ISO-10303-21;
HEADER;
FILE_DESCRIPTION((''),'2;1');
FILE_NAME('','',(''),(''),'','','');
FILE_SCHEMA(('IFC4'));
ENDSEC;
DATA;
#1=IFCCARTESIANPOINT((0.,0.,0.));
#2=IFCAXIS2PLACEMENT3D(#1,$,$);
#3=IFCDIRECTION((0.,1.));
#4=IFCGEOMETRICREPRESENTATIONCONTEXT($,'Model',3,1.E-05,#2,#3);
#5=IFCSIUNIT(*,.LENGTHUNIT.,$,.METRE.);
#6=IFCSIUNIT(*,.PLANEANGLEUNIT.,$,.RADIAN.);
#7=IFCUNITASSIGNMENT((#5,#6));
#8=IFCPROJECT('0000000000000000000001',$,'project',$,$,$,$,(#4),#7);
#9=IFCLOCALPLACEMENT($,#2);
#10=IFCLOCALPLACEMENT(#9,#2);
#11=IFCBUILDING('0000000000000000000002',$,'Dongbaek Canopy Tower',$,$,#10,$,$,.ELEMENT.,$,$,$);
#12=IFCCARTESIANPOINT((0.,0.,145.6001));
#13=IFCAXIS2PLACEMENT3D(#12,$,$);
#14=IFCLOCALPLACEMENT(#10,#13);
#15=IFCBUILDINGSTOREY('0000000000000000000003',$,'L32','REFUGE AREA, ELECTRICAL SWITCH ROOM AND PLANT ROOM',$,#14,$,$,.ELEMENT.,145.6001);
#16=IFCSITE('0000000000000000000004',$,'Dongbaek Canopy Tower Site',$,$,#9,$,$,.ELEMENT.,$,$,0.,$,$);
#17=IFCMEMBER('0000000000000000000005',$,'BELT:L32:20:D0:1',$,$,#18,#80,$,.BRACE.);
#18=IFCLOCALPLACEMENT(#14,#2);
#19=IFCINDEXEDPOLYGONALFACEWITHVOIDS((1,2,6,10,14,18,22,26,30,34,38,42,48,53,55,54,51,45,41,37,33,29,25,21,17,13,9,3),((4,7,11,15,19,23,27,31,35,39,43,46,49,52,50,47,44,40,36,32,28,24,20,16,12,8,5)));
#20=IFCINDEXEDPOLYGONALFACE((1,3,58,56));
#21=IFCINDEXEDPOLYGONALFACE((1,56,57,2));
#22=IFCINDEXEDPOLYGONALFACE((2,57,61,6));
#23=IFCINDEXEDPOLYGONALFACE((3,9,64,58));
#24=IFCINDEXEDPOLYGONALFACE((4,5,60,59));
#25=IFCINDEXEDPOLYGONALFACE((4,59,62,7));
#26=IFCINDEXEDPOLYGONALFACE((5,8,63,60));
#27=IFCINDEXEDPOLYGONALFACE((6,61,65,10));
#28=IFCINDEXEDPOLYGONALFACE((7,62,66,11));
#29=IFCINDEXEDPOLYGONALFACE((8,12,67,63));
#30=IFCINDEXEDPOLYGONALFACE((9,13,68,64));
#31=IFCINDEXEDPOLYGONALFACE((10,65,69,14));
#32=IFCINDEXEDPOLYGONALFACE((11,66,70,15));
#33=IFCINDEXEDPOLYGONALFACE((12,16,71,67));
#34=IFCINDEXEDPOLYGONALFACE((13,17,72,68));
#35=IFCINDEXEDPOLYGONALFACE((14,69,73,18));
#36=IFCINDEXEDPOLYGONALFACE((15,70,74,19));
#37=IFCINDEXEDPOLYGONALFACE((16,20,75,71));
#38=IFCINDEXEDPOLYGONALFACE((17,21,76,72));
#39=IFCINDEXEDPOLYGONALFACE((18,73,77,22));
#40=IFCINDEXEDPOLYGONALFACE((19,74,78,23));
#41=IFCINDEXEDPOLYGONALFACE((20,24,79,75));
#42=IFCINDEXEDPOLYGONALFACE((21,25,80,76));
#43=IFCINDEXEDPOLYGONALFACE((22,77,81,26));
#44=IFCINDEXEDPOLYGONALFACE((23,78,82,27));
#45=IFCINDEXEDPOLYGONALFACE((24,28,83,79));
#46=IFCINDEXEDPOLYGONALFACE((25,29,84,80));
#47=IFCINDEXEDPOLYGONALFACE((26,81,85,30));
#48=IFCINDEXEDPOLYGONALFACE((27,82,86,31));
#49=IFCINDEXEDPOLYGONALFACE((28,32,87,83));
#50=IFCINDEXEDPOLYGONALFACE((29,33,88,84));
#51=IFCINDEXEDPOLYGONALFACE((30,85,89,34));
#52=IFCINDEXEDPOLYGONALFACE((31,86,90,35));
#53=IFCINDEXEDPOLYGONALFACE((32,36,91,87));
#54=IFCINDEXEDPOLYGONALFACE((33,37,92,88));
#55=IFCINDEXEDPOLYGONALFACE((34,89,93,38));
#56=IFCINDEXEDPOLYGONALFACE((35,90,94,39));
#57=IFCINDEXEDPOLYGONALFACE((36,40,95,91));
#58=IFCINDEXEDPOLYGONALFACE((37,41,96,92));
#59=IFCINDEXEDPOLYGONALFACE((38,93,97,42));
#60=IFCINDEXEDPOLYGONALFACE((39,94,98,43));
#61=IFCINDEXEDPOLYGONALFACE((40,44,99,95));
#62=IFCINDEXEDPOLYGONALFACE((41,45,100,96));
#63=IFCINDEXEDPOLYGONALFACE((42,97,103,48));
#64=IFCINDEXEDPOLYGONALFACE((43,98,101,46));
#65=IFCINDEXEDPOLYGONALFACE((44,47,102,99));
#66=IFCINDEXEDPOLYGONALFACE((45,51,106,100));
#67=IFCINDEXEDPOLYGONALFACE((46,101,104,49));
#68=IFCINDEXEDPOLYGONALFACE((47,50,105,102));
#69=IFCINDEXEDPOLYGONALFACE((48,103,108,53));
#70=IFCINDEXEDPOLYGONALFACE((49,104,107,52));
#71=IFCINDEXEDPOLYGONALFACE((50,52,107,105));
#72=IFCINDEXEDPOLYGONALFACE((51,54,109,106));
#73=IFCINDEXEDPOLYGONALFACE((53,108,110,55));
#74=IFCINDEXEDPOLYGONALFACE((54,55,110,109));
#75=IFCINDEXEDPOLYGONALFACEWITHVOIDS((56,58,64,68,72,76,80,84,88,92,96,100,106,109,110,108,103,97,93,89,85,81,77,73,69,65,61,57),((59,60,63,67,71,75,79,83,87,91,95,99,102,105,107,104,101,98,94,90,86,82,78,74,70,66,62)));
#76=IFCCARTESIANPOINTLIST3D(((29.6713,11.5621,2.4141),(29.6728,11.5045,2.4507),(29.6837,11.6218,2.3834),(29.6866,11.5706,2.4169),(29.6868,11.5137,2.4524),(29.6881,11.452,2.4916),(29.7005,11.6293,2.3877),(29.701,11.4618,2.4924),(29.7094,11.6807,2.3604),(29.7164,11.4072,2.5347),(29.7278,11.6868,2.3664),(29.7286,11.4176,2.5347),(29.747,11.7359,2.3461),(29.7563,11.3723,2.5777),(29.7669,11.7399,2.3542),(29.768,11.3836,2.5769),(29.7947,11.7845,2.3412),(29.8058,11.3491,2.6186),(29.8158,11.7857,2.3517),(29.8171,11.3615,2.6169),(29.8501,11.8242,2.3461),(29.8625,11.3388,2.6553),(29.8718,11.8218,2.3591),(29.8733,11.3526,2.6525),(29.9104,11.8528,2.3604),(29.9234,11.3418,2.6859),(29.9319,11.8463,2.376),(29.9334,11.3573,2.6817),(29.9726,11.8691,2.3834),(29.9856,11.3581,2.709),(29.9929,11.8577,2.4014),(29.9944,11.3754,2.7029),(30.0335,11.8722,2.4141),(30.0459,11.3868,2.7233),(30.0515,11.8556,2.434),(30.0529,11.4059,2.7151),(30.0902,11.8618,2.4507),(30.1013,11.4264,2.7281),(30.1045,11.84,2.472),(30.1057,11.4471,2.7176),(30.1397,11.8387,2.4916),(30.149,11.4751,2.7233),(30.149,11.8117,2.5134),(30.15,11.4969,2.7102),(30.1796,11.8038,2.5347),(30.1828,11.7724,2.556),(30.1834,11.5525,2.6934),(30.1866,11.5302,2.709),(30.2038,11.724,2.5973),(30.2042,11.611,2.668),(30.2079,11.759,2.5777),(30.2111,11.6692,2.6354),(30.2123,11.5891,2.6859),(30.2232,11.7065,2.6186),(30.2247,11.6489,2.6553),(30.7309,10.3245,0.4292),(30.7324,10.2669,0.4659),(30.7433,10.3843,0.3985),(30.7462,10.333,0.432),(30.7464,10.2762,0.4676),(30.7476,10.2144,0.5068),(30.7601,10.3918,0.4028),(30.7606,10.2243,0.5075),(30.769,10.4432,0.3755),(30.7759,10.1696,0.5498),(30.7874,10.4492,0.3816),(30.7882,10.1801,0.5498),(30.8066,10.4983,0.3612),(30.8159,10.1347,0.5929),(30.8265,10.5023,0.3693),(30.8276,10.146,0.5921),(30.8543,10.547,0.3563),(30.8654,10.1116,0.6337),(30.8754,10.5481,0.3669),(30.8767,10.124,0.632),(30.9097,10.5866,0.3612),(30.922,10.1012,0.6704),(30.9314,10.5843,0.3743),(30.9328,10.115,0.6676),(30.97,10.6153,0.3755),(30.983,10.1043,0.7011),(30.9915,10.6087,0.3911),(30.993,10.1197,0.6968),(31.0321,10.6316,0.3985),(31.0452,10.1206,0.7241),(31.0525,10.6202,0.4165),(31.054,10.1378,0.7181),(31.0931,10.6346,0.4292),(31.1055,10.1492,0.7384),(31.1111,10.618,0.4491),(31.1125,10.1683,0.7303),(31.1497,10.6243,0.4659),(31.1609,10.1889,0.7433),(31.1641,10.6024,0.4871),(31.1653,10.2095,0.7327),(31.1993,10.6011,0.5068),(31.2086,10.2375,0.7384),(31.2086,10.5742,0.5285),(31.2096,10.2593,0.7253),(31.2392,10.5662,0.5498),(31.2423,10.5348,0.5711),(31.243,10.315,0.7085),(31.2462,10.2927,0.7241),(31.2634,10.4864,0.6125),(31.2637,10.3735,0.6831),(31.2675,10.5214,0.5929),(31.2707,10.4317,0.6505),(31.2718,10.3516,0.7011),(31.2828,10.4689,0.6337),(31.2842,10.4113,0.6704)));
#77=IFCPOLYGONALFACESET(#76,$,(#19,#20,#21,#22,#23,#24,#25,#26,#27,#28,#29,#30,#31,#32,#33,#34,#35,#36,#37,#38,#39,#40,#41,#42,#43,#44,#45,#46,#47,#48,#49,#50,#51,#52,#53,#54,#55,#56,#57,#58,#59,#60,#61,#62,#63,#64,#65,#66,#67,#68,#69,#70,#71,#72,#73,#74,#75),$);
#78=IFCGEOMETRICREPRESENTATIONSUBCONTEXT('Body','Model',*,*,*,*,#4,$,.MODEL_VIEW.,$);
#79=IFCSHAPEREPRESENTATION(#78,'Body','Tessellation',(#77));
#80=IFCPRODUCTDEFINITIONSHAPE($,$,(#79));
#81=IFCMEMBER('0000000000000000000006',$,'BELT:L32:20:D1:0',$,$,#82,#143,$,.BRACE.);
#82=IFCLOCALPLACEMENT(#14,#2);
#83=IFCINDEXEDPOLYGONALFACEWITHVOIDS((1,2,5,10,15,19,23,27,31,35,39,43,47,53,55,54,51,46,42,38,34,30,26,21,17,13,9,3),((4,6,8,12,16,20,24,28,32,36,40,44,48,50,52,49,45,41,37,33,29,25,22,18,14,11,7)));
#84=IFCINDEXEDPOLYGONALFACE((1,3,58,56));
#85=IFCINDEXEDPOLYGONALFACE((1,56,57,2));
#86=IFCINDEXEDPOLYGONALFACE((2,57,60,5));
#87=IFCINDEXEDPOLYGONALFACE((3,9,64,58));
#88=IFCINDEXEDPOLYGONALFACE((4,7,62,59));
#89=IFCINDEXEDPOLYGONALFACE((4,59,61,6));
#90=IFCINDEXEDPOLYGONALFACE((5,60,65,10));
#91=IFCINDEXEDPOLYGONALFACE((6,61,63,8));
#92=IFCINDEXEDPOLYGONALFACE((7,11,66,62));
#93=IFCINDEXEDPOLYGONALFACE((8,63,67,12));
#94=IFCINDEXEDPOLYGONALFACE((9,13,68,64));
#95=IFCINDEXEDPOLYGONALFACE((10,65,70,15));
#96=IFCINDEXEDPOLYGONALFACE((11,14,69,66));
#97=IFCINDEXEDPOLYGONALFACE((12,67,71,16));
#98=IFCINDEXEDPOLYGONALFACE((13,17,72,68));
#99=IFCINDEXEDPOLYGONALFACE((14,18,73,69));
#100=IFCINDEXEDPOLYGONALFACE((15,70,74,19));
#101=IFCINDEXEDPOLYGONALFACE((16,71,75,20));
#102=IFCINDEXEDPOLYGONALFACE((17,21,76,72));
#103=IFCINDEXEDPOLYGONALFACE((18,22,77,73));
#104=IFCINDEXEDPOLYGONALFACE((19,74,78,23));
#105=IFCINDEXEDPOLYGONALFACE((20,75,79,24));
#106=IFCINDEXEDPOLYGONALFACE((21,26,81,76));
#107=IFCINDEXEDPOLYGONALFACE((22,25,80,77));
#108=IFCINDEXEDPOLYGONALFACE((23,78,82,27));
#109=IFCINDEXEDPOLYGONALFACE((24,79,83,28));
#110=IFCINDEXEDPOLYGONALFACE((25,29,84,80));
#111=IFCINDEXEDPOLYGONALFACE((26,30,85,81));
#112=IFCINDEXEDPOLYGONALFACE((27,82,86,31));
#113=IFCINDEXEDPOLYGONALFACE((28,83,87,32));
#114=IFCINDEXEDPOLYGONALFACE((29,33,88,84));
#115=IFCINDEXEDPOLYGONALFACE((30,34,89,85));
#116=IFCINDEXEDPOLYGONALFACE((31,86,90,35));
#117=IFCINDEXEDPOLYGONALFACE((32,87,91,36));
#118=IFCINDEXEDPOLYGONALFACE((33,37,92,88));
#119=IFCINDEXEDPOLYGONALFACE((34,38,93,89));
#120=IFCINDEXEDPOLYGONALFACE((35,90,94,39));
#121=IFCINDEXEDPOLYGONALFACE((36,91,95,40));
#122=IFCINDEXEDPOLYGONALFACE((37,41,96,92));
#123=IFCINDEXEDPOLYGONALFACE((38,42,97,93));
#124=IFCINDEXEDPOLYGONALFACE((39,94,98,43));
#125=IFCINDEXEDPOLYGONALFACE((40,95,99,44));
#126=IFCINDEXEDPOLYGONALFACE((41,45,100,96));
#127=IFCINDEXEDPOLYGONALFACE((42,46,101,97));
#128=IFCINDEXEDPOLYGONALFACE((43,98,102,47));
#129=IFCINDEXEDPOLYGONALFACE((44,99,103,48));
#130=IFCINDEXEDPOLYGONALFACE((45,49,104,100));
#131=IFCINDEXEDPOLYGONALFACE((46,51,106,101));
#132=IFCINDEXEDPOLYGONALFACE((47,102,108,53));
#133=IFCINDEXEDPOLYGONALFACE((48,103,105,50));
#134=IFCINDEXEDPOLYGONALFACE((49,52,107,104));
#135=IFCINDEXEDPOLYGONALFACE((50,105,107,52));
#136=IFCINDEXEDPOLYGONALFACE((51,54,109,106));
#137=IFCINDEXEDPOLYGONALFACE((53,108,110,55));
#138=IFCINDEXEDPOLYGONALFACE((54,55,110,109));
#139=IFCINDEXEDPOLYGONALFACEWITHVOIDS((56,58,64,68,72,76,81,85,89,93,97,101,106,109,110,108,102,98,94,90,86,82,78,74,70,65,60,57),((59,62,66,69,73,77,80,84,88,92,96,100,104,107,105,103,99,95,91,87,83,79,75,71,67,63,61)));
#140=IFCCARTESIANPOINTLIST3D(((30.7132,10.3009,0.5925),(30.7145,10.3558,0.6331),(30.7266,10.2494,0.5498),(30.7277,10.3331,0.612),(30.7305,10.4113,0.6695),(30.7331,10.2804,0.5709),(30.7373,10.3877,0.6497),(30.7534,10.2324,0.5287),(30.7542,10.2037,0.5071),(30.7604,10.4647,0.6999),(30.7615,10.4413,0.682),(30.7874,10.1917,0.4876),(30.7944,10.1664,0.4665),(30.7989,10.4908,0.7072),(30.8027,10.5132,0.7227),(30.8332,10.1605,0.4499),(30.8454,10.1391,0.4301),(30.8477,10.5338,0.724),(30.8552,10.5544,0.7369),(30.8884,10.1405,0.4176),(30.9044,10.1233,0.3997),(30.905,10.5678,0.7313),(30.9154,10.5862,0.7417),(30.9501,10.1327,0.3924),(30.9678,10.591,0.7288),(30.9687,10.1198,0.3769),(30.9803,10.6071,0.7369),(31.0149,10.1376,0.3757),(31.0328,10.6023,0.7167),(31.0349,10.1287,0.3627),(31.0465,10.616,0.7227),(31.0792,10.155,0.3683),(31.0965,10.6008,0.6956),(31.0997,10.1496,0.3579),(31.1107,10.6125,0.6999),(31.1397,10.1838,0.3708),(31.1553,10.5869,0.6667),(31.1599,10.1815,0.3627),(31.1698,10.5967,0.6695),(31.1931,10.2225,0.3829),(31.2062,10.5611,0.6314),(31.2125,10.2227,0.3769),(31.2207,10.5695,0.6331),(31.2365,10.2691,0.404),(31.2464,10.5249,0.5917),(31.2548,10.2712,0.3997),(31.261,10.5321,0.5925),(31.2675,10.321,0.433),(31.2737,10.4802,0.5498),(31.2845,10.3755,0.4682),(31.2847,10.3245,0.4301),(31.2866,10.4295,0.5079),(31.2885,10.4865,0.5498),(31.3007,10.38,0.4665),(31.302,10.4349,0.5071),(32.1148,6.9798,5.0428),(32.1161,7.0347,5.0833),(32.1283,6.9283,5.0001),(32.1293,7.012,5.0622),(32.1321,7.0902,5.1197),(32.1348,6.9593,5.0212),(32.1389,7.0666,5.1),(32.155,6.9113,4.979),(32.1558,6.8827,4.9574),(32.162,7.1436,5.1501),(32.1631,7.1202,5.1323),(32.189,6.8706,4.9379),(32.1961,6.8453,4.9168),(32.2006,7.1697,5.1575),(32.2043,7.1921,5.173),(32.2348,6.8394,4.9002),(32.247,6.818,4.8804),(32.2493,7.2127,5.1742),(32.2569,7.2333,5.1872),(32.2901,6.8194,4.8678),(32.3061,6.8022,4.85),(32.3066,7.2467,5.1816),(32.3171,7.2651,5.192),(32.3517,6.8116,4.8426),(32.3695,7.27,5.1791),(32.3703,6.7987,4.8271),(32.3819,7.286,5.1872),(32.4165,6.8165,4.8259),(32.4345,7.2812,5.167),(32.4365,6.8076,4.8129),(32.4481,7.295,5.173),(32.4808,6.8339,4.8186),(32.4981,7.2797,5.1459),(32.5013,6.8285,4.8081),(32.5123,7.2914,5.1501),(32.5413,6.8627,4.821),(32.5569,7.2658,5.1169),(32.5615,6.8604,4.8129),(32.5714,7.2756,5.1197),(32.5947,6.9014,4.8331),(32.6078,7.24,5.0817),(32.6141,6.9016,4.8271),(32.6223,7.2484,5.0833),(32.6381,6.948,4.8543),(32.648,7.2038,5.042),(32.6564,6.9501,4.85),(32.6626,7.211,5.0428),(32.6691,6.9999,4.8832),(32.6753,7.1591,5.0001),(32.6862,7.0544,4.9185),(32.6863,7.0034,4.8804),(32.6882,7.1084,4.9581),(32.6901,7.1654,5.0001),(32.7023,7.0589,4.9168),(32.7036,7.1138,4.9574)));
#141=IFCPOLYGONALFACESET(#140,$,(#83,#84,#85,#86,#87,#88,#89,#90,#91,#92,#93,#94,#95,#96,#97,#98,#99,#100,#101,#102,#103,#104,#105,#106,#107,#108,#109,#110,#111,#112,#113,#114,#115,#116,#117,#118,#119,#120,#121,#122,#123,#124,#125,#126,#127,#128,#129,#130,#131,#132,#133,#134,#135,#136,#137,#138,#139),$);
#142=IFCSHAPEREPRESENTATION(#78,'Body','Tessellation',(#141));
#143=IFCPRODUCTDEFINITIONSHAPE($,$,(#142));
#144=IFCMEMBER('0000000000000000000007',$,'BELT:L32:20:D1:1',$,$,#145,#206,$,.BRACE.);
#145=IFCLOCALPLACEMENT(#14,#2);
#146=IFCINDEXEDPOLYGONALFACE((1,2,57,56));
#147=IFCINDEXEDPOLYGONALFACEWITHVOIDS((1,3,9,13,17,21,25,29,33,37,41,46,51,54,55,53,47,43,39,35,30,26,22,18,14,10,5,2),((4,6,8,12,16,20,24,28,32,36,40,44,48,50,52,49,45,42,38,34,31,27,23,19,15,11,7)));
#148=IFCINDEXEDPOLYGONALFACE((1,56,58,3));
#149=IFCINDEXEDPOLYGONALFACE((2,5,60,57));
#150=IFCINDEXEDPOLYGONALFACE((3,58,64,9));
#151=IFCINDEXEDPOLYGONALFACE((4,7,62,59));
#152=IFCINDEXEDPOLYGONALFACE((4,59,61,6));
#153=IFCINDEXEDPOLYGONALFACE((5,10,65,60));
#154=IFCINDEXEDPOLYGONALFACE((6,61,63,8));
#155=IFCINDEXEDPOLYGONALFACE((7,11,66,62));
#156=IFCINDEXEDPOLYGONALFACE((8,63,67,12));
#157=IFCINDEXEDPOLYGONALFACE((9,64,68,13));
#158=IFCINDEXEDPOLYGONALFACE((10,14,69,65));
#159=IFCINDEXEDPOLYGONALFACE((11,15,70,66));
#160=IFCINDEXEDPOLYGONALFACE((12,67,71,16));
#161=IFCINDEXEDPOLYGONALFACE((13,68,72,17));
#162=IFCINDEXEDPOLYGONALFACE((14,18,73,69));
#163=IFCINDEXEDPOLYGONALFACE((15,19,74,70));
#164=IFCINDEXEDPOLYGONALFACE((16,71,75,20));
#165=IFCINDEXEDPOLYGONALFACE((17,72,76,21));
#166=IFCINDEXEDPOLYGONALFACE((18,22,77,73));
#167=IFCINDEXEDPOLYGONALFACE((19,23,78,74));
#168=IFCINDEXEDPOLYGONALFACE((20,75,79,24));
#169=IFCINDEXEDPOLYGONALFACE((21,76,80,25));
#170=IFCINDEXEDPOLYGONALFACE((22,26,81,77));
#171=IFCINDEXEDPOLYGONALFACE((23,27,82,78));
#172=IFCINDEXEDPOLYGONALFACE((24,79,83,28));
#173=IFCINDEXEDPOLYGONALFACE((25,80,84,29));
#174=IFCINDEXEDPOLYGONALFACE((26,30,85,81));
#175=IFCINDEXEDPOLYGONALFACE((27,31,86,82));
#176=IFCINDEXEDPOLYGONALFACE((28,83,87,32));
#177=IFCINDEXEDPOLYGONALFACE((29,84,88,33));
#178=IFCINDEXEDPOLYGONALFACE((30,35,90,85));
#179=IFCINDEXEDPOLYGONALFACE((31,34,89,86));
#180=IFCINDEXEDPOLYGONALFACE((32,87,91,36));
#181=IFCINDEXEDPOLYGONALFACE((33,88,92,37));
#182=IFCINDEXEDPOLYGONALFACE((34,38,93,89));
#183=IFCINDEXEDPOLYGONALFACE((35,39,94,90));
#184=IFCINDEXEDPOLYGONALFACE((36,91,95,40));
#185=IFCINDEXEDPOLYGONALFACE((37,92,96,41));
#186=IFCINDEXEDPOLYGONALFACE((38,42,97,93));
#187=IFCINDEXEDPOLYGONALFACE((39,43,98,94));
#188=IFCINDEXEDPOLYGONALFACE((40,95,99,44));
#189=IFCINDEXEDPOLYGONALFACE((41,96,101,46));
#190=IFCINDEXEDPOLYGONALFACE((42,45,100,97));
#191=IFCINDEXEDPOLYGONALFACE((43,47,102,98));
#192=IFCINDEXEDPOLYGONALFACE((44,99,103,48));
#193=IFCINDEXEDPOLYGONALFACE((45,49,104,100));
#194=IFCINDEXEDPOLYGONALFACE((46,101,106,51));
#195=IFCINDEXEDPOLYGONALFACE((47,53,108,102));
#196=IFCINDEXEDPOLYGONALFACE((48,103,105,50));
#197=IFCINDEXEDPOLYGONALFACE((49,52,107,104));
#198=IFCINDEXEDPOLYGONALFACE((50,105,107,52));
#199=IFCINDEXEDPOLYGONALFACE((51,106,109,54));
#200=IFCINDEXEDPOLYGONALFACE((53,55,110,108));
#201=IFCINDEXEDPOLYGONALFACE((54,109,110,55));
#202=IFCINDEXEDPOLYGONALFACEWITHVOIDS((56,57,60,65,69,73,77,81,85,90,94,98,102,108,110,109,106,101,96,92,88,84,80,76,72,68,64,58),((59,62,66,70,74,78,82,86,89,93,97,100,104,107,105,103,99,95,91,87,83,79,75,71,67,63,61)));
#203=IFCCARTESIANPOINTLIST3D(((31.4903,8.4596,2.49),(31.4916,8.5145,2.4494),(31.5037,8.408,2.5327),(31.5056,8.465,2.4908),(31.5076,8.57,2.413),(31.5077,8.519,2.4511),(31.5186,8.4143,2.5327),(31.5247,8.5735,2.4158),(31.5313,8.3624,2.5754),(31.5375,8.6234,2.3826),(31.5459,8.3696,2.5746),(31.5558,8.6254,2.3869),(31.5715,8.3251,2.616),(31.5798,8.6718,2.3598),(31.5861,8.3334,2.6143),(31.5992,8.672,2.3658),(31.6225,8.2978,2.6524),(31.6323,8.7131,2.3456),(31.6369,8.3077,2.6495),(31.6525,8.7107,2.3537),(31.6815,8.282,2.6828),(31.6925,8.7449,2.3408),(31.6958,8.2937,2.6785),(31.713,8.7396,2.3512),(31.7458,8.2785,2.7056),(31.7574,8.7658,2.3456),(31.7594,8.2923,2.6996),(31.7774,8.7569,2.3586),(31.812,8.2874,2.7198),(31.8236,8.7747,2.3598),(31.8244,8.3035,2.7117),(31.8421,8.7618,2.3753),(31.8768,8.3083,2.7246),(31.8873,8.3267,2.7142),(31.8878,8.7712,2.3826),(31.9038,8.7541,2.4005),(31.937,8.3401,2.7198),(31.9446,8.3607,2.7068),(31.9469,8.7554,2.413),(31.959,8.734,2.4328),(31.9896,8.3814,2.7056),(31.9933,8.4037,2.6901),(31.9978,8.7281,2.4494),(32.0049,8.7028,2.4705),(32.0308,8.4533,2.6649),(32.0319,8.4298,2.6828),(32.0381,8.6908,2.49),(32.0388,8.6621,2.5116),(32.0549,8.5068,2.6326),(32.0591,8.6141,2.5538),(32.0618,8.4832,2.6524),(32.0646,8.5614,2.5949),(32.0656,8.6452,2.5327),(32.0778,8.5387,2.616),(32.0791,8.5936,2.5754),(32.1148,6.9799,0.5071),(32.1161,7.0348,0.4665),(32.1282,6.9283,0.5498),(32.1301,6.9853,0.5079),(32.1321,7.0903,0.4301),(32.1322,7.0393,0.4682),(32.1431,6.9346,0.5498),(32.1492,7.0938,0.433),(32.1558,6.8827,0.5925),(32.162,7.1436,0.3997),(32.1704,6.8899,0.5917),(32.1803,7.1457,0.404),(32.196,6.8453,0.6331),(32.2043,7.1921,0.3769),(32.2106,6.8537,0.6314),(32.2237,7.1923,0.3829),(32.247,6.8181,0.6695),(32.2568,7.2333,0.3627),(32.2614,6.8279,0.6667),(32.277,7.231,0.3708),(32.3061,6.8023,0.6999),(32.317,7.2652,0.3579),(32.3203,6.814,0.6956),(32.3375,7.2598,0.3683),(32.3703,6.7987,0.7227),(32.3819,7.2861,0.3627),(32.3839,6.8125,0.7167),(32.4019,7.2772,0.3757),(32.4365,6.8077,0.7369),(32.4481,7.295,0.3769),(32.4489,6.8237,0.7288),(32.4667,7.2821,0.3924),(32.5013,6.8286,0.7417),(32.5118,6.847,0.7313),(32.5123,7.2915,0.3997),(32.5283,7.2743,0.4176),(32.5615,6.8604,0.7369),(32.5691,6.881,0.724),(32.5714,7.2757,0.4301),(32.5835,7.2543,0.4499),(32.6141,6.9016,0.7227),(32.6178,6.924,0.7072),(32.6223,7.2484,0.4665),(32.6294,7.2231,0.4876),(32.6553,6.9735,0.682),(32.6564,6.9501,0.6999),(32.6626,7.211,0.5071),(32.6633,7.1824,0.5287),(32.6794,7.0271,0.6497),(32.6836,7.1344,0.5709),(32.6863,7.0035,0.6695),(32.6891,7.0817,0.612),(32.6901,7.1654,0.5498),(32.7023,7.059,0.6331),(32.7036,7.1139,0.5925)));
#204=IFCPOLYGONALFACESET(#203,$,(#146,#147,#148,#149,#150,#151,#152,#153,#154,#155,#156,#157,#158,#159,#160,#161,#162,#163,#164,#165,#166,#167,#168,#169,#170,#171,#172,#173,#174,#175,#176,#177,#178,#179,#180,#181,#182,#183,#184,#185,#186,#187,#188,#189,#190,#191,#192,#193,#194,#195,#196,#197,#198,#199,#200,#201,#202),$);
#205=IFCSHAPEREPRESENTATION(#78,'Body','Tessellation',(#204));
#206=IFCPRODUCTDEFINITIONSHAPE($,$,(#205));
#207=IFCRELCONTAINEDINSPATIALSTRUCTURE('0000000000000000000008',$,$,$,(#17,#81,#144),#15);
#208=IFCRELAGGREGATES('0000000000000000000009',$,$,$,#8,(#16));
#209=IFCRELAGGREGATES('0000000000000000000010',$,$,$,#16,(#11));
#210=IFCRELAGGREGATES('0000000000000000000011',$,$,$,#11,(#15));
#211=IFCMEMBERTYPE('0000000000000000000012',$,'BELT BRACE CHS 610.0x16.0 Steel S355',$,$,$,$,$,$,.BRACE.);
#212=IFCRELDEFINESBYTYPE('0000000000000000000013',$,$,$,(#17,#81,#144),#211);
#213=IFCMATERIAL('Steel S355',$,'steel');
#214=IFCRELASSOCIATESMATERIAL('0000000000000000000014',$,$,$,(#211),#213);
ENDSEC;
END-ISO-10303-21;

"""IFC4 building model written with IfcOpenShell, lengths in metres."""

from ifc_helpers import new_model, si_unit, direction, frame, origin, origin_2d, place, context, subcontext, project, spatial, hollow_circle, extrude, material, material_profile, profile_set, type_object, element, save


model = new_model("IFC4")

# Units and contexts
model_context = context("Model", 3, precision=1e-05, world=origin(), true_north=direction((0.0, 1.0)))
body_context = subcontext(model_context, "Body", "Model", "MODEL_VIEW")
ifc_project = project(units=[si_unit("LENGTHUNIT", "METRE"), si_unit("PLANEANGLEUNIT", "RADIAN")], contexts=[model_context])

# Site, building, storey
site_placement = place(None, origin())
site = spatial("IfcSite", under=ifc_project, at=site_placement, Name="Dongbaek Canopy Tower Site", CompositionType="ELEMENT", RefElevation=0.0)
building_placement = place(site_placement, origin())
building = spatial("IfcBuilding", under=site, at=building_placement, Name="Dongbaek Canopy Tower", CompositionType="ELEMENT")
storey_placement = place(building_placement, frame((0.0, 0.0, 145.6001)))
storey = spatial("IfcBuildingStorey", under=building, at=storey_placement, Name="L32", Description="REFUGE AREA, ELECTRICAL SWITCH ROOM AND PLANT ROOM", CompositionType="ELEMENT", Elevation=145.6001)

# Members
ifc_material_1 = material(Name="Steel S355", Category="steel")
ifc_material_profile_1 = material_profile(ifc_material_1, hollow_circle(Radius=0.3049, WallThickness=0.0161, at=origin_2d()), Name="BELT BRACE CHS 610.0x16.0 Steel S355")
ifc_profile_set_1 = profile_set([ifc_material_profile_1], Name="Steel S355")
member_type_1 = type_object("IfcMemberType", Name="BELT BRACE CHS 610.0x16.0 Steel S355", PredefinedType="BRACE", material=ifc_profile_set_1)
member_1_placement = place(storey_placement, frame((31.0076, 10.3679, 0.5498), z_axis=(-0.412628, 0.481938, 0.772964), x_axis=(-0.759616, -0.650372, 0.0)))
element("IfcMember", 1, at=member_1_placement, inside=storey, type_object=member_type_1, Name="BELT:L32:20:D0:1", PredefinedType="BRACE", context=body_context, shape_type="SweptSolid", body=[
    extrude(hollow_circle(Radius=0.3049, WallThickness=0.0161, at=origin_2d()), origin(), (0.0, 0.0, 1.0), 2.5679),
])
member_2_placement = place(storey_placement, frame((31.0076, 10.3679, 0.5498), z_axis=(0.244739, -0.579896, 0.77706), x_axis=(0.92131, 0.388829, 0.0)))
element("IfcMember", 2, at=member_2_placement, inside=storey, type_object=member_type_1, Name="BELT:L32:20:D1:0", PredefinedType="BRACE", context=body_context, shape_type="SweptSolid", body=[
    extrude(hollow_circle(Radius=0.3049, WallThickness=0.0161, at=origin_2d()), origin(), (0.0, 0.0, 1.0), 5.7271),
])
for number, where, z_axis, x_axis, name in (
    (3, (32.4092, 7.0469, 0.5498), (-0.244736, 0.579885, 0.77707), (-0.921309, -0.388832, 0.0), "BELT:L32:20:D1:1"),
):
    element("IfcMember", number, at=place(storey_placement, frame(where, z_axis=z_axis, x_axis=x_axis)), inside=storey, type_object=member_type_1, Name=name, PredefinedType="BRACE", context=body_context, shape_type="SweptSolid", body=[
        extrude(hollow_circle(Radius=0.3049, WallThickness=0.0161, at=origin_2d()), origin(), (0.0, 0.0, 1.0), 2.5518),
    ])

save(model, "model.ifc")
